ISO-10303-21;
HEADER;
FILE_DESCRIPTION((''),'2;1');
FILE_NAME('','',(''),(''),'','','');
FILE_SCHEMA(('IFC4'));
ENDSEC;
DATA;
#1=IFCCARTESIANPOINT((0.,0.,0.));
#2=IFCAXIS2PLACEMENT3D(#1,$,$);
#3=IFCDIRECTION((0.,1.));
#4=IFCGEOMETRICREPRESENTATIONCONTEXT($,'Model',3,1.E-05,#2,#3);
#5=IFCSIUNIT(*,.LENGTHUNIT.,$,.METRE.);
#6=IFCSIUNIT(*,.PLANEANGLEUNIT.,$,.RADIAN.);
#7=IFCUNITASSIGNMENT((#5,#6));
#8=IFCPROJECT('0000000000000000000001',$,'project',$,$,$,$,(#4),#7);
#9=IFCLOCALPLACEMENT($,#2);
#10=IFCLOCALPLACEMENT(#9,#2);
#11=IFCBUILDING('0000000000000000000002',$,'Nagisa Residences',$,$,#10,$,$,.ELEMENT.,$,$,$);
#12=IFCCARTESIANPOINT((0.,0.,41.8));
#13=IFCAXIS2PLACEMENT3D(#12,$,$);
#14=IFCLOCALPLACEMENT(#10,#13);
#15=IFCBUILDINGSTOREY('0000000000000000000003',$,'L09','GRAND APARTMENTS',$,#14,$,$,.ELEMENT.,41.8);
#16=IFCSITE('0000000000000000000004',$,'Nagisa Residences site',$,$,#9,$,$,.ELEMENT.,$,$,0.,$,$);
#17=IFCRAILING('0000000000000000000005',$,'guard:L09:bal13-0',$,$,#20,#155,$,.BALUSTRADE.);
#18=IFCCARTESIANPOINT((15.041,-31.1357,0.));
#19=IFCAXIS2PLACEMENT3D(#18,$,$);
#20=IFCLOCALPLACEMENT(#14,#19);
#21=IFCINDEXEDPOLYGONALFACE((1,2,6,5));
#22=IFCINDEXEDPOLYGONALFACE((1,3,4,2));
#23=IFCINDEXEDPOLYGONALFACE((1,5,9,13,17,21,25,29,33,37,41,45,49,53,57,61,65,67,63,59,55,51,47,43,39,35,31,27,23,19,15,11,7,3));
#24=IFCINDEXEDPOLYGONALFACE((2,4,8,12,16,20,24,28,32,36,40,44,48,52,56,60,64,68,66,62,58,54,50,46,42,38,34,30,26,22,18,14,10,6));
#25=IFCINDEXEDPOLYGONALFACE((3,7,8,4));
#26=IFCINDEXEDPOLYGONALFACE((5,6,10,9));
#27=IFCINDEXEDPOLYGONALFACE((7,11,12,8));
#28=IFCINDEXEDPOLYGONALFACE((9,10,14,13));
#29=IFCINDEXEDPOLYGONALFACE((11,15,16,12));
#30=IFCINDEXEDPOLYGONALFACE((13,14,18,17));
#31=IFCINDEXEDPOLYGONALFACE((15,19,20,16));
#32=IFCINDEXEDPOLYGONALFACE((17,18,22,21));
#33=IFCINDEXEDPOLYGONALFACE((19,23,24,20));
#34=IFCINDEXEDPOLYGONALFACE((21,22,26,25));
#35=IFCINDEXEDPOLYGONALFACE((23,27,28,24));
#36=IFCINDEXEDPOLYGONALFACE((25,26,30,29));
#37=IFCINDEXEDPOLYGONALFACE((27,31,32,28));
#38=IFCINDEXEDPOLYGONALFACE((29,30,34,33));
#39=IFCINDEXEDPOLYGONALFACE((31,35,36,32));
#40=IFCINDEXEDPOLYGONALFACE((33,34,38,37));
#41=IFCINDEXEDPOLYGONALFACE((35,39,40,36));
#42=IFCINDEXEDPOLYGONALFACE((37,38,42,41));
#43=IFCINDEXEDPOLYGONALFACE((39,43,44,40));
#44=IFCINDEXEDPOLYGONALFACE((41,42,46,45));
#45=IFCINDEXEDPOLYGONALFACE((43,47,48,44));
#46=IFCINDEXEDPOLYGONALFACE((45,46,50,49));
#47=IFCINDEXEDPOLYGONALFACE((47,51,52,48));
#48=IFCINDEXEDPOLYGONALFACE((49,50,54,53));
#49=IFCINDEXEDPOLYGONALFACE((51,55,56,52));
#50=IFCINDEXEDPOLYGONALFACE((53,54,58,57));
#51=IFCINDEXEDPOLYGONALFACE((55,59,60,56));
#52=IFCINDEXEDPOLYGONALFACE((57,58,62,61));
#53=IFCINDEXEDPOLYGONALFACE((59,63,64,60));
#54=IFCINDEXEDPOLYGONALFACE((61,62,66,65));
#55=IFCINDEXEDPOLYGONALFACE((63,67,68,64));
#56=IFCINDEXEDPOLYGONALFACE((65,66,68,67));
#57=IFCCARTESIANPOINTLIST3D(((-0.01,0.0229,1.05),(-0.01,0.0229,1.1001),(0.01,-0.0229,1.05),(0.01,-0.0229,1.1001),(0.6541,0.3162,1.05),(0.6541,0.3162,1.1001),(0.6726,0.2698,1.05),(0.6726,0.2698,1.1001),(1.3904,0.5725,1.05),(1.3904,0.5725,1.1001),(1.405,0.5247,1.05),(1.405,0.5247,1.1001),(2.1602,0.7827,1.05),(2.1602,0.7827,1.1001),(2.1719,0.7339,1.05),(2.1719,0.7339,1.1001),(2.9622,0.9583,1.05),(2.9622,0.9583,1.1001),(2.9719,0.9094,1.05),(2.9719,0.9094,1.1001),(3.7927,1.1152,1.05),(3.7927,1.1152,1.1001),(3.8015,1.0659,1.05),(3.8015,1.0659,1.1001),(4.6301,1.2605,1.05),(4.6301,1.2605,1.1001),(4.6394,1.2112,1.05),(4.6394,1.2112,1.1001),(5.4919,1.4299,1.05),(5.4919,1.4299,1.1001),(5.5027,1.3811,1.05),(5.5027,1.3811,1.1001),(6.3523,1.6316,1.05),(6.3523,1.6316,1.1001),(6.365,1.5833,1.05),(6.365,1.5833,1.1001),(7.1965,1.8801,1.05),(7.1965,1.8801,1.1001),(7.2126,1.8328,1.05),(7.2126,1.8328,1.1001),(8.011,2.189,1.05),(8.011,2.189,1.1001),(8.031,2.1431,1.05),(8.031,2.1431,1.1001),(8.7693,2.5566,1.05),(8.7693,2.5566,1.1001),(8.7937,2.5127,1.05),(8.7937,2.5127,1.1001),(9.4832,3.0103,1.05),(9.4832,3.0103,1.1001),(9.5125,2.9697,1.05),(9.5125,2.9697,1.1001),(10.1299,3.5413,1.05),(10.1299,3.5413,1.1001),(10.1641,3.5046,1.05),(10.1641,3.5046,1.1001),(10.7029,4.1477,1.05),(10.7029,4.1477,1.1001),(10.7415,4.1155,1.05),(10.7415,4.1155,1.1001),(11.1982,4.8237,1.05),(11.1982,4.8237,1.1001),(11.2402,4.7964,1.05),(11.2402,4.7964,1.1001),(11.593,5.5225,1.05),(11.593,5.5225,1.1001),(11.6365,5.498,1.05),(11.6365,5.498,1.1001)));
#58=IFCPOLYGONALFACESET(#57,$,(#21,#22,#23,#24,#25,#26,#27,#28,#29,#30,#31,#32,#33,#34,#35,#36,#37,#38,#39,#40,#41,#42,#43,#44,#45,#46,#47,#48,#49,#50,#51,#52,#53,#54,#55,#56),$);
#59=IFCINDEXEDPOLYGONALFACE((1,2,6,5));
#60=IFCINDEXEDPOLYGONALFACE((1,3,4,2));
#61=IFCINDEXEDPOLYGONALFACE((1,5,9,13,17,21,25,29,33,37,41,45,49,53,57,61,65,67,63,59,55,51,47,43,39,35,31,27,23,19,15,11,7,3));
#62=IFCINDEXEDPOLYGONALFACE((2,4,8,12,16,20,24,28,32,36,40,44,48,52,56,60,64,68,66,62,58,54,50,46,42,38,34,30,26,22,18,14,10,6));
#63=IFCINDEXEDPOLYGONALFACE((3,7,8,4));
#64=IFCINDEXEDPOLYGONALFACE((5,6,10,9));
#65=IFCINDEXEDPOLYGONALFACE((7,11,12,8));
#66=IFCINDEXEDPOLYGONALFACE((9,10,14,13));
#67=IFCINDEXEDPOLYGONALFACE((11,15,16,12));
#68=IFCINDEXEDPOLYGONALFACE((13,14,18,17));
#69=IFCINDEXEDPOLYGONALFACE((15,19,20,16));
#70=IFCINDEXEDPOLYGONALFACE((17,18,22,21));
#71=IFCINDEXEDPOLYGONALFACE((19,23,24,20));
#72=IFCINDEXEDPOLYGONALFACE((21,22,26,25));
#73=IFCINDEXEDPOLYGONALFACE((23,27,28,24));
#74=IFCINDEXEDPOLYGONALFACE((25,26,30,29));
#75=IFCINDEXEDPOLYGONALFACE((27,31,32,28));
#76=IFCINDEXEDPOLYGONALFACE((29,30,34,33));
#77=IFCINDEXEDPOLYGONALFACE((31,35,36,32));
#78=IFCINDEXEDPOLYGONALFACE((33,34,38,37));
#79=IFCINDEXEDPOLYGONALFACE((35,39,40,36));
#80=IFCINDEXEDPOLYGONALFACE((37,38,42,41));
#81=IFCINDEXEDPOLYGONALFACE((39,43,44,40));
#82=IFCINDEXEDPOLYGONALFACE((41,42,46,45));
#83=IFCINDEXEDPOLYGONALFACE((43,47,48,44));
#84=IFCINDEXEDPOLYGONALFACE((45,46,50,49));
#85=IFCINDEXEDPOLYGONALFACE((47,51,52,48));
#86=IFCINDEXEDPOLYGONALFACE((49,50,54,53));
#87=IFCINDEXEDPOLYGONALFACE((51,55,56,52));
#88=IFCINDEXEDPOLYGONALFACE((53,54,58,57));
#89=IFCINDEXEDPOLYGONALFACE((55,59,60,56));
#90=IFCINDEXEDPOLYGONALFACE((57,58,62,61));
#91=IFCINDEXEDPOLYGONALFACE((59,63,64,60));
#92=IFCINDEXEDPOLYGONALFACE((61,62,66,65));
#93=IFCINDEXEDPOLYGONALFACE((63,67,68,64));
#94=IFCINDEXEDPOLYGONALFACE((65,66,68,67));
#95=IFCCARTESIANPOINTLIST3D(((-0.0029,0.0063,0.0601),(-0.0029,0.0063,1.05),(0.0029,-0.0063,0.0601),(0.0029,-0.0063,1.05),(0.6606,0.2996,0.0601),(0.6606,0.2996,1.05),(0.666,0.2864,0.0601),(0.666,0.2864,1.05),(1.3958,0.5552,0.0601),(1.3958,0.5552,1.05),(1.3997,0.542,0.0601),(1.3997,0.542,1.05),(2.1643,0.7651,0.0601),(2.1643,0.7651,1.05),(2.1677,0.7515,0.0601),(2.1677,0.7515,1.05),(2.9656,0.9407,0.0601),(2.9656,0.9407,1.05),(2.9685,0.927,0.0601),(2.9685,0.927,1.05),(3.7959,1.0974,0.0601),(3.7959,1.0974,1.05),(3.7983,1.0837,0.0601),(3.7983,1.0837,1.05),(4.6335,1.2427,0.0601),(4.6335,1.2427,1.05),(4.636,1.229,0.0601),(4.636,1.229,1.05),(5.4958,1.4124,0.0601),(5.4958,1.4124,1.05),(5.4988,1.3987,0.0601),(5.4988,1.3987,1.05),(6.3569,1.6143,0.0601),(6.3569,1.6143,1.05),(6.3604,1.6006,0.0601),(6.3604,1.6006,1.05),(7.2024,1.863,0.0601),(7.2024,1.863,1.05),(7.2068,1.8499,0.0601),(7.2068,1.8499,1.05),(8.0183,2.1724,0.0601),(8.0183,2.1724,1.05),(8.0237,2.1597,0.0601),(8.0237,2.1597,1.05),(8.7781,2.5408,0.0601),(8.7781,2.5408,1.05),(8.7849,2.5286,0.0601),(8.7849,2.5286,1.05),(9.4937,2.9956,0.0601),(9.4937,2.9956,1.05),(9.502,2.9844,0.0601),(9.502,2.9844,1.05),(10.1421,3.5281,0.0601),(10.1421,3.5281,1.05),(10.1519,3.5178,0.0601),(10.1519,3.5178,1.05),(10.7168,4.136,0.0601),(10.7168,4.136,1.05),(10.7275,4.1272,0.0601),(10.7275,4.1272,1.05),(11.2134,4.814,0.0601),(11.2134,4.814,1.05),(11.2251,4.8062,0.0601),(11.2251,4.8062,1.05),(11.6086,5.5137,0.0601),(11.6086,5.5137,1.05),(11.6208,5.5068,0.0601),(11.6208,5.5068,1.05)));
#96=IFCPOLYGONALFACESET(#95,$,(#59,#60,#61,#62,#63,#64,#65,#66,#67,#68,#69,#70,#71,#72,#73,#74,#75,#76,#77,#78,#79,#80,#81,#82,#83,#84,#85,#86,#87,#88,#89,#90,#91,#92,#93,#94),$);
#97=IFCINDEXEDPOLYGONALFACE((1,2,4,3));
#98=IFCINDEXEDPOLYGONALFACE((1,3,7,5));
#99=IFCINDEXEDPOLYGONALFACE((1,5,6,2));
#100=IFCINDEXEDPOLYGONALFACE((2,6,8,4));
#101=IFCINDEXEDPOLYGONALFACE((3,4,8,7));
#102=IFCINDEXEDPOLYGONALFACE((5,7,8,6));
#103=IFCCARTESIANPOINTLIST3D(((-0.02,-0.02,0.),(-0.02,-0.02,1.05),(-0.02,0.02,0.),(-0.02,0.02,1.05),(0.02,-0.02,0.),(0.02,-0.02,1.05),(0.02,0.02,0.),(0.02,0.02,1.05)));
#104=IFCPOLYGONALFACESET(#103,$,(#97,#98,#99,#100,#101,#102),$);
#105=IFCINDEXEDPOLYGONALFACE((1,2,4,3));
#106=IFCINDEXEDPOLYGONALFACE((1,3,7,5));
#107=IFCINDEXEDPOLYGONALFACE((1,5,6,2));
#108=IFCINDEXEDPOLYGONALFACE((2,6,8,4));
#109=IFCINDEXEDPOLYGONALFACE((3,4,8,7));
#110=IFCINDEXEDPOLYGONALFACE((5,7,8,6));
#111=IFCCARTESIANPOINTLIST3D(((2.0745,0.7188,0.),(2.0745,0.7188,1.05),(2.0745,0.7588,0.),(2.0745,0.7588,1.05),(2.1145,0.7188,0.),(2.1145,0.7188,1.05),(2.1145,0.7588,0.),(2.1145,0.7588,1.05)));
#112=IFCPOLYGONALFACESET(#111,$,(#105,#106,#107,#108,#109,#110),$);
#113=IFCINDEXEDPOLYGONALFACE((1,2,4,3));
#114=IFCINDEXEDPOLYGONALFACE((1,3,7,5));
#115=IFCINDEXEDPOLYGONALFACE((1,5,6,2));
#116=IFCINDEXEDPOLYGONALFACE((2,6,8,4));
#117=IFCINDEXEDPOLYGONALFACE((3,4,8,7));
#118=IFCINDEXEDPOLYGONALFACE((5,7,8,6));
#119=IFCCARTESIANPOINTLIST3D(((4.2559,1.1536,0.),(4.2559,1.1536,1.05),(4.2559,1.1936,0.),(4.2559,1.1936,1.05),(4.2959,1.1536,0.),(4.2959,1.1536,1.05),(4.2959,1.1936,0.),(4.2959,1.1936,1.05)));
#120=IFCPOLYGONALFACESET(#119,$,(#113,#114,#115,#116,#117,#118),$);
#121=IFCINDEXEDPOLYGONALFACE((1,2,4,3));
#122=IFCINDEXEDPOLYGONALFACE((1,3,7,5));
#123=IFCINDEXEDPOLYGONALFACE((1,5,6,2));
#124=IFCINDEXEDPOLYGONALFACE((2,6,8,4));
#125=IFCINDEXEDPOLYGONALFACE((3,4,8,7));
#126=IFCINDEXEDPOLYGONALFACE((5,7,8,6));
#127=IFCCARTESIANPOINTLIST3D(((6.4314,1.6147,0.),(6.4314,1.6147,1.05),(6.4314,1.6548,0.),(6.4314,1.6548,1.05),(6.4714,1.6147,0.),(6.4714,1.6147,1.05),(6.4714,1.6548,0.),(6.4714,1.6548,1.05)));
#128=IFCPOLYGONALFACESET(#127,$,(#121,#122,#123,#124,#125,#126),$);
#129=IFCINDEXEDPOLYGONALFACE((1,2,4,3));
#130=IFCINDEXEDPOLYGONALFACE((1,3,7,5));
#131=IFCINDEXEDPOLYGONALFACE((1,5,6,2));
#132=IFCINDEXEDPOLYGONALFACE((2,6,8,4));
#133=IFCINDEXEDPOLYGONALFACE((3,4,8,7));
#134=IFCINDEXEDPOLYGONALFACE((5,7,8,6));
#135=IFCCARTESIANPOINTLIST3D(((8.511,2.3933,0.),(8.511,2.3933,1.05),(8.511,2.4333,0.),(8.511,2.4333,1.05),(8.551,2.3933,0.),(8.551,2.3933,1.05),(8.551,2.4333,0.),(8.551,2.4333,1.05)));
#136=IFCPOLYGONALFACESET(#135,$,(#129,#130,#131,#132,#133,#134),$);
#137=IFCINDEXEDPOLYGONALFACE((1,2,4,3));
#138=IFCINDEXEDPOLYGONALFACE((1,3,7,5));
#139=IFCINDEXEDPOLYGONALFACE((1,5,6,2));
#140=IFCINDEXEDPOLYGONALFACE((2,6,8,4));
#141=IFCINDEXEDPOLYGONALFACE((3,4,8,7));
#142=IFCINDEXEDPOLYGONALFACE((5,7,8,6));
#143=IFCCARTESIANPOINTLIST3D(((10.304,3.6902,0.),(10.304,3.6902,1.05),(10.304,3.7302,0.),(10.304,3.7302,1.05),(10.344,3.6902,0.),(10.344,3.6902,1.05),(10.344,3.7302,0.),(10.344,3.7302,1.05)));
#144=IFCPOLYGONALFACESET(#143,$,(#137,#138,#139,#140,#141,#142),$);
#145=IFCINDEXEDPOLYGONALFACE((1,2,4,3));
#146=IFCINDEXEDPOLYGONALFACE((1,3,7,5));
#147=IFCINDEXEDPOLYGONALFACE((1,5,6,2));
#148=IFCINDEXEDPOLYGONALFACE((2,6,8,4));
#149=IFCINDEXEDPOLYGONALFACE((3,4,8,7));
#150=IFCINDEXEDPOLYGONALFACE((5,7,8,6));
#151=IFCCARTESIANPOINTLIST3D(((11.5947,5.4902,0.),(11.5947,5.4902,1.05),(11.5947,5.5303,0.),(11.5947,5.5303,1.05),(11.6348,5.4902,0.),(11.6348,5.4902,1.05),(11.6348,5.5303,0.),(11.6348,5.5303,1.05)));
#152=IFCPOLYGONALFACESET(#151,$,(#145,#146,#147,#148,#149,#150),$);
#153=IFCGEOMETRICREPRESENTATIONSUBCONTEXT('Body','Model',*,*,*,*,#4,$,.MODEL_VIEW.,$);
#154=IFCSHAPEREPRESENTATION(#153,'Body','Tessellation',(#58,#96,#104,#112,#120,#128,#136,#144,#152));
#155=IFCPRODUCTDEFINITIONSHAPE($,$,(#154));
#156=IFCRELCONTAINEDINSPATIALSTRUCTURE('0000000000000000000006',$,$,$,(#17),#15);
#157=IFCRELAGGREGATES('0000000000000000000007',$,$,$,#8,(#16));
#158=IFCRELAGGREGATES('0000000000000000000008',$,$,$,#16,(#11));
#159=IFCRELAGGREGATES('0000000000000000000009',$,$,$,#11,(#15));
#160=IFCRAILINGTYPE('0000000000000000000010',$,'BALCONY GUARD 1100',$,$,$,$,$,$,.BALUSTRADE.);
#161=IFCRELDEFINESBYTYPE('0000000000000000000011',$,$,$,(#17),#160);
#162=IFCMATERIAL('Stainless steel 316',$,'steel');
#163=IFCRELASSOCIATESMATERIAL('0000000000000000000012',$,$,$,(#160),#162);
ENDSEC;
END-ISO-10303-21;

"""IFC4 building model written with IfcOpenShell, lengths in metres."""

from ifc_helpers import new_model, si_unit, direction, frame, origin, origin_2d, place, context, subcontext, project, spatial, polyline, rectangle, outline, extrude, material, type_object, element, save


model = new_model("IFC4")

# Units and contexts
model_context = context("Model", 3, precision=1e-05, world=origin(), true_north=direction((0.0, 1.0)))
body_context = subcontext(model_context, "Body", "Model", "MODEL_VIEW")
ifc_project = project(units=[si_unit("LENGTHUNIT", "METRE"), si_unit("PLANEANGLEUNIT", "RADIAN")], contexts=[model_context])

# Site, building, storey
site_placement = place(None, origin())
site = spatial("IfcSite", under=ifc_project, at=site_placement, Name="Nagisa Residences site", CompositionType="ELEMENT", RefElevation=0.0)
building_placement = place(site_placement, origin())
building = spatial("IfcBuilding", under=site, at=building_placement, Name="Nagisa Residences", CompositionType="ELEMENT")
storey_placement = place(building_placement, frame((0.0, 0.0, 41.8)))
storey = spatial("IfcBuildingStorey", under=building, at=storey_placement, Name="L09", Description="GRAND APARTMENTS", CompositionType="ELEMENT", Elevation=41.8)

# Railing
ifc_material_1 = material(Name="Stainless steel 316", Category="steel")
railing_type = type_object("IfcRailingType", Name="BALCONY GUARD 1100", PredefinedType="BALUSTRADE", material=ifc_material_1)
railing_1_placement = place(storey_placement, frame((15.041, -31.1357, 0.0)))
element("IfcRailing", 1, at=railing_1_placement, inside=storey, type_object=railing_type, Name="guard:L09:bal13-0", PredefinedType="BALUSTRADE", context=body_context, shape_type="SweptSolid", body=[
    extrude(outline(polyline([(0.6541, 0.3162), (-0.01, 0.0229), (0.01, -0.0229), (0.6726, 0.2698), (1.405, 0.5247), (2.1719, 0.7339), (2.9719, 0.9094), (3.8015, 1.0659), (4.6394, 1.2112), (5.5027, 1.3811), (6.365, 1.5833), (7.2126, 1.8328), (8.031, 2.1431), (8.7937, 2.5127), (9.5125, 2.9697), (10.1641, 3.5046), (10.7415, 4.1155), (11.2402, 4.7964), (11.6365, 5.498), (11.593, 5.5225), (11.1982, 4.8237), (10.7029, 4.1477), (10.1299, 3.5413), (9.4832, 3.0103), (8.7693, 2.5566), (8.011, 2.189), (7.1965, 1.8801), (6.3523, 1.6316), (5.4919, 1.4299), (4.6301, 1.2605), (3.7927, 1.1152), (2.9622, 0.9583), (2.1602, 0.7827), (1.3904, 0.5725), (0.6541, 0.3162)])), frame((0.0, 0.0, 1.05)), (0.0, 0.0, 1.0), 0.05),
    extrude(outline(polyline([(0.6606, 0.2996), (-0.0029, 0.0063), (0.0029, -0.0063), (0.666, 0.2864), (1.3997, 0.542), (2.1677, 0.7515), (2.9685, 0.927), (3.7983, 1.0837), (4.636, 1.229), (5.4988, 1.3987), (6.3604, 1.6006), (7.2068, 1.8499), (8.0237, 2.1597), (8.7849, 2.5286), (9.502, 2.9844), (10.1519, 3.5178), (10.7275, 4.1272), (11.2251, 4.8062), (11.6208, 5.5068), (11.6086, 5.5137), (11.2134, 4.814), (10.7168, 4.136), (10.1421, 3.5281), (9.4937, 2.9956), (8.7781, 2.5408), (8.0183, 2.1724), (7.2024, 1.863), (6.3569, 1.6143), (5.4958, 1.4124), (4.6335, 1.2427), (3.7959, 1.0974), (2.9656, 0.9407), (2.1643, 0.7651), (1.3958, 0.5552), (0.6606, 0.2996)])), frame((0.0, 0.0, 0.0601)), (0.0, 0.0, 1.0), 0.99),
    extrude(rectangle(XDim=0.04, YDim=0.04, at=origin_2d()), origin(), (0.0, 0.0, 1.0), 1.05),
    extrude(rectangle(XDim=0.04, YDim=0.04, at=origin_2d()), frame((2.0945, 0.7388, 0.0)), (0.0, 0.0, 1.0), 1.05),
    extrude(rectangle(XDim=0.04, YDim=0.04, at=origin_2d()), frame((4.2759, 1.1736, 0.0)), (0.0, 0.0, 1.0), 1.05),
    extrude(rectangle(XDim=0.04, YDim=0.04, at=origin_2d()), frame((6.4514, 1.6348, 0.0)), (0.0, 0.0, 1.0), 1.05),
    extrude(rectangle(XDim=0.04, YDim=0.04, at=origin_2d()), frame((8.531, 2.4133, 0.0)), (0.0, 0.0, 1.0), 1.05),
    extrude(rectangle(XDim=0.04, YDim=0.04, at=origin_2d()), frame((10.324, 3.7102, 0.0)), (0.0, 0.0, 1.0), 1.05),
    extrude(rectangle(XDim=0.04, YDim=0.04, at=origin_2d()), frame((11.6147, 5.5103, 0.0)), (0.0, 0.0, 1.0), 1.05),
])

save(model, "model.ifc")
